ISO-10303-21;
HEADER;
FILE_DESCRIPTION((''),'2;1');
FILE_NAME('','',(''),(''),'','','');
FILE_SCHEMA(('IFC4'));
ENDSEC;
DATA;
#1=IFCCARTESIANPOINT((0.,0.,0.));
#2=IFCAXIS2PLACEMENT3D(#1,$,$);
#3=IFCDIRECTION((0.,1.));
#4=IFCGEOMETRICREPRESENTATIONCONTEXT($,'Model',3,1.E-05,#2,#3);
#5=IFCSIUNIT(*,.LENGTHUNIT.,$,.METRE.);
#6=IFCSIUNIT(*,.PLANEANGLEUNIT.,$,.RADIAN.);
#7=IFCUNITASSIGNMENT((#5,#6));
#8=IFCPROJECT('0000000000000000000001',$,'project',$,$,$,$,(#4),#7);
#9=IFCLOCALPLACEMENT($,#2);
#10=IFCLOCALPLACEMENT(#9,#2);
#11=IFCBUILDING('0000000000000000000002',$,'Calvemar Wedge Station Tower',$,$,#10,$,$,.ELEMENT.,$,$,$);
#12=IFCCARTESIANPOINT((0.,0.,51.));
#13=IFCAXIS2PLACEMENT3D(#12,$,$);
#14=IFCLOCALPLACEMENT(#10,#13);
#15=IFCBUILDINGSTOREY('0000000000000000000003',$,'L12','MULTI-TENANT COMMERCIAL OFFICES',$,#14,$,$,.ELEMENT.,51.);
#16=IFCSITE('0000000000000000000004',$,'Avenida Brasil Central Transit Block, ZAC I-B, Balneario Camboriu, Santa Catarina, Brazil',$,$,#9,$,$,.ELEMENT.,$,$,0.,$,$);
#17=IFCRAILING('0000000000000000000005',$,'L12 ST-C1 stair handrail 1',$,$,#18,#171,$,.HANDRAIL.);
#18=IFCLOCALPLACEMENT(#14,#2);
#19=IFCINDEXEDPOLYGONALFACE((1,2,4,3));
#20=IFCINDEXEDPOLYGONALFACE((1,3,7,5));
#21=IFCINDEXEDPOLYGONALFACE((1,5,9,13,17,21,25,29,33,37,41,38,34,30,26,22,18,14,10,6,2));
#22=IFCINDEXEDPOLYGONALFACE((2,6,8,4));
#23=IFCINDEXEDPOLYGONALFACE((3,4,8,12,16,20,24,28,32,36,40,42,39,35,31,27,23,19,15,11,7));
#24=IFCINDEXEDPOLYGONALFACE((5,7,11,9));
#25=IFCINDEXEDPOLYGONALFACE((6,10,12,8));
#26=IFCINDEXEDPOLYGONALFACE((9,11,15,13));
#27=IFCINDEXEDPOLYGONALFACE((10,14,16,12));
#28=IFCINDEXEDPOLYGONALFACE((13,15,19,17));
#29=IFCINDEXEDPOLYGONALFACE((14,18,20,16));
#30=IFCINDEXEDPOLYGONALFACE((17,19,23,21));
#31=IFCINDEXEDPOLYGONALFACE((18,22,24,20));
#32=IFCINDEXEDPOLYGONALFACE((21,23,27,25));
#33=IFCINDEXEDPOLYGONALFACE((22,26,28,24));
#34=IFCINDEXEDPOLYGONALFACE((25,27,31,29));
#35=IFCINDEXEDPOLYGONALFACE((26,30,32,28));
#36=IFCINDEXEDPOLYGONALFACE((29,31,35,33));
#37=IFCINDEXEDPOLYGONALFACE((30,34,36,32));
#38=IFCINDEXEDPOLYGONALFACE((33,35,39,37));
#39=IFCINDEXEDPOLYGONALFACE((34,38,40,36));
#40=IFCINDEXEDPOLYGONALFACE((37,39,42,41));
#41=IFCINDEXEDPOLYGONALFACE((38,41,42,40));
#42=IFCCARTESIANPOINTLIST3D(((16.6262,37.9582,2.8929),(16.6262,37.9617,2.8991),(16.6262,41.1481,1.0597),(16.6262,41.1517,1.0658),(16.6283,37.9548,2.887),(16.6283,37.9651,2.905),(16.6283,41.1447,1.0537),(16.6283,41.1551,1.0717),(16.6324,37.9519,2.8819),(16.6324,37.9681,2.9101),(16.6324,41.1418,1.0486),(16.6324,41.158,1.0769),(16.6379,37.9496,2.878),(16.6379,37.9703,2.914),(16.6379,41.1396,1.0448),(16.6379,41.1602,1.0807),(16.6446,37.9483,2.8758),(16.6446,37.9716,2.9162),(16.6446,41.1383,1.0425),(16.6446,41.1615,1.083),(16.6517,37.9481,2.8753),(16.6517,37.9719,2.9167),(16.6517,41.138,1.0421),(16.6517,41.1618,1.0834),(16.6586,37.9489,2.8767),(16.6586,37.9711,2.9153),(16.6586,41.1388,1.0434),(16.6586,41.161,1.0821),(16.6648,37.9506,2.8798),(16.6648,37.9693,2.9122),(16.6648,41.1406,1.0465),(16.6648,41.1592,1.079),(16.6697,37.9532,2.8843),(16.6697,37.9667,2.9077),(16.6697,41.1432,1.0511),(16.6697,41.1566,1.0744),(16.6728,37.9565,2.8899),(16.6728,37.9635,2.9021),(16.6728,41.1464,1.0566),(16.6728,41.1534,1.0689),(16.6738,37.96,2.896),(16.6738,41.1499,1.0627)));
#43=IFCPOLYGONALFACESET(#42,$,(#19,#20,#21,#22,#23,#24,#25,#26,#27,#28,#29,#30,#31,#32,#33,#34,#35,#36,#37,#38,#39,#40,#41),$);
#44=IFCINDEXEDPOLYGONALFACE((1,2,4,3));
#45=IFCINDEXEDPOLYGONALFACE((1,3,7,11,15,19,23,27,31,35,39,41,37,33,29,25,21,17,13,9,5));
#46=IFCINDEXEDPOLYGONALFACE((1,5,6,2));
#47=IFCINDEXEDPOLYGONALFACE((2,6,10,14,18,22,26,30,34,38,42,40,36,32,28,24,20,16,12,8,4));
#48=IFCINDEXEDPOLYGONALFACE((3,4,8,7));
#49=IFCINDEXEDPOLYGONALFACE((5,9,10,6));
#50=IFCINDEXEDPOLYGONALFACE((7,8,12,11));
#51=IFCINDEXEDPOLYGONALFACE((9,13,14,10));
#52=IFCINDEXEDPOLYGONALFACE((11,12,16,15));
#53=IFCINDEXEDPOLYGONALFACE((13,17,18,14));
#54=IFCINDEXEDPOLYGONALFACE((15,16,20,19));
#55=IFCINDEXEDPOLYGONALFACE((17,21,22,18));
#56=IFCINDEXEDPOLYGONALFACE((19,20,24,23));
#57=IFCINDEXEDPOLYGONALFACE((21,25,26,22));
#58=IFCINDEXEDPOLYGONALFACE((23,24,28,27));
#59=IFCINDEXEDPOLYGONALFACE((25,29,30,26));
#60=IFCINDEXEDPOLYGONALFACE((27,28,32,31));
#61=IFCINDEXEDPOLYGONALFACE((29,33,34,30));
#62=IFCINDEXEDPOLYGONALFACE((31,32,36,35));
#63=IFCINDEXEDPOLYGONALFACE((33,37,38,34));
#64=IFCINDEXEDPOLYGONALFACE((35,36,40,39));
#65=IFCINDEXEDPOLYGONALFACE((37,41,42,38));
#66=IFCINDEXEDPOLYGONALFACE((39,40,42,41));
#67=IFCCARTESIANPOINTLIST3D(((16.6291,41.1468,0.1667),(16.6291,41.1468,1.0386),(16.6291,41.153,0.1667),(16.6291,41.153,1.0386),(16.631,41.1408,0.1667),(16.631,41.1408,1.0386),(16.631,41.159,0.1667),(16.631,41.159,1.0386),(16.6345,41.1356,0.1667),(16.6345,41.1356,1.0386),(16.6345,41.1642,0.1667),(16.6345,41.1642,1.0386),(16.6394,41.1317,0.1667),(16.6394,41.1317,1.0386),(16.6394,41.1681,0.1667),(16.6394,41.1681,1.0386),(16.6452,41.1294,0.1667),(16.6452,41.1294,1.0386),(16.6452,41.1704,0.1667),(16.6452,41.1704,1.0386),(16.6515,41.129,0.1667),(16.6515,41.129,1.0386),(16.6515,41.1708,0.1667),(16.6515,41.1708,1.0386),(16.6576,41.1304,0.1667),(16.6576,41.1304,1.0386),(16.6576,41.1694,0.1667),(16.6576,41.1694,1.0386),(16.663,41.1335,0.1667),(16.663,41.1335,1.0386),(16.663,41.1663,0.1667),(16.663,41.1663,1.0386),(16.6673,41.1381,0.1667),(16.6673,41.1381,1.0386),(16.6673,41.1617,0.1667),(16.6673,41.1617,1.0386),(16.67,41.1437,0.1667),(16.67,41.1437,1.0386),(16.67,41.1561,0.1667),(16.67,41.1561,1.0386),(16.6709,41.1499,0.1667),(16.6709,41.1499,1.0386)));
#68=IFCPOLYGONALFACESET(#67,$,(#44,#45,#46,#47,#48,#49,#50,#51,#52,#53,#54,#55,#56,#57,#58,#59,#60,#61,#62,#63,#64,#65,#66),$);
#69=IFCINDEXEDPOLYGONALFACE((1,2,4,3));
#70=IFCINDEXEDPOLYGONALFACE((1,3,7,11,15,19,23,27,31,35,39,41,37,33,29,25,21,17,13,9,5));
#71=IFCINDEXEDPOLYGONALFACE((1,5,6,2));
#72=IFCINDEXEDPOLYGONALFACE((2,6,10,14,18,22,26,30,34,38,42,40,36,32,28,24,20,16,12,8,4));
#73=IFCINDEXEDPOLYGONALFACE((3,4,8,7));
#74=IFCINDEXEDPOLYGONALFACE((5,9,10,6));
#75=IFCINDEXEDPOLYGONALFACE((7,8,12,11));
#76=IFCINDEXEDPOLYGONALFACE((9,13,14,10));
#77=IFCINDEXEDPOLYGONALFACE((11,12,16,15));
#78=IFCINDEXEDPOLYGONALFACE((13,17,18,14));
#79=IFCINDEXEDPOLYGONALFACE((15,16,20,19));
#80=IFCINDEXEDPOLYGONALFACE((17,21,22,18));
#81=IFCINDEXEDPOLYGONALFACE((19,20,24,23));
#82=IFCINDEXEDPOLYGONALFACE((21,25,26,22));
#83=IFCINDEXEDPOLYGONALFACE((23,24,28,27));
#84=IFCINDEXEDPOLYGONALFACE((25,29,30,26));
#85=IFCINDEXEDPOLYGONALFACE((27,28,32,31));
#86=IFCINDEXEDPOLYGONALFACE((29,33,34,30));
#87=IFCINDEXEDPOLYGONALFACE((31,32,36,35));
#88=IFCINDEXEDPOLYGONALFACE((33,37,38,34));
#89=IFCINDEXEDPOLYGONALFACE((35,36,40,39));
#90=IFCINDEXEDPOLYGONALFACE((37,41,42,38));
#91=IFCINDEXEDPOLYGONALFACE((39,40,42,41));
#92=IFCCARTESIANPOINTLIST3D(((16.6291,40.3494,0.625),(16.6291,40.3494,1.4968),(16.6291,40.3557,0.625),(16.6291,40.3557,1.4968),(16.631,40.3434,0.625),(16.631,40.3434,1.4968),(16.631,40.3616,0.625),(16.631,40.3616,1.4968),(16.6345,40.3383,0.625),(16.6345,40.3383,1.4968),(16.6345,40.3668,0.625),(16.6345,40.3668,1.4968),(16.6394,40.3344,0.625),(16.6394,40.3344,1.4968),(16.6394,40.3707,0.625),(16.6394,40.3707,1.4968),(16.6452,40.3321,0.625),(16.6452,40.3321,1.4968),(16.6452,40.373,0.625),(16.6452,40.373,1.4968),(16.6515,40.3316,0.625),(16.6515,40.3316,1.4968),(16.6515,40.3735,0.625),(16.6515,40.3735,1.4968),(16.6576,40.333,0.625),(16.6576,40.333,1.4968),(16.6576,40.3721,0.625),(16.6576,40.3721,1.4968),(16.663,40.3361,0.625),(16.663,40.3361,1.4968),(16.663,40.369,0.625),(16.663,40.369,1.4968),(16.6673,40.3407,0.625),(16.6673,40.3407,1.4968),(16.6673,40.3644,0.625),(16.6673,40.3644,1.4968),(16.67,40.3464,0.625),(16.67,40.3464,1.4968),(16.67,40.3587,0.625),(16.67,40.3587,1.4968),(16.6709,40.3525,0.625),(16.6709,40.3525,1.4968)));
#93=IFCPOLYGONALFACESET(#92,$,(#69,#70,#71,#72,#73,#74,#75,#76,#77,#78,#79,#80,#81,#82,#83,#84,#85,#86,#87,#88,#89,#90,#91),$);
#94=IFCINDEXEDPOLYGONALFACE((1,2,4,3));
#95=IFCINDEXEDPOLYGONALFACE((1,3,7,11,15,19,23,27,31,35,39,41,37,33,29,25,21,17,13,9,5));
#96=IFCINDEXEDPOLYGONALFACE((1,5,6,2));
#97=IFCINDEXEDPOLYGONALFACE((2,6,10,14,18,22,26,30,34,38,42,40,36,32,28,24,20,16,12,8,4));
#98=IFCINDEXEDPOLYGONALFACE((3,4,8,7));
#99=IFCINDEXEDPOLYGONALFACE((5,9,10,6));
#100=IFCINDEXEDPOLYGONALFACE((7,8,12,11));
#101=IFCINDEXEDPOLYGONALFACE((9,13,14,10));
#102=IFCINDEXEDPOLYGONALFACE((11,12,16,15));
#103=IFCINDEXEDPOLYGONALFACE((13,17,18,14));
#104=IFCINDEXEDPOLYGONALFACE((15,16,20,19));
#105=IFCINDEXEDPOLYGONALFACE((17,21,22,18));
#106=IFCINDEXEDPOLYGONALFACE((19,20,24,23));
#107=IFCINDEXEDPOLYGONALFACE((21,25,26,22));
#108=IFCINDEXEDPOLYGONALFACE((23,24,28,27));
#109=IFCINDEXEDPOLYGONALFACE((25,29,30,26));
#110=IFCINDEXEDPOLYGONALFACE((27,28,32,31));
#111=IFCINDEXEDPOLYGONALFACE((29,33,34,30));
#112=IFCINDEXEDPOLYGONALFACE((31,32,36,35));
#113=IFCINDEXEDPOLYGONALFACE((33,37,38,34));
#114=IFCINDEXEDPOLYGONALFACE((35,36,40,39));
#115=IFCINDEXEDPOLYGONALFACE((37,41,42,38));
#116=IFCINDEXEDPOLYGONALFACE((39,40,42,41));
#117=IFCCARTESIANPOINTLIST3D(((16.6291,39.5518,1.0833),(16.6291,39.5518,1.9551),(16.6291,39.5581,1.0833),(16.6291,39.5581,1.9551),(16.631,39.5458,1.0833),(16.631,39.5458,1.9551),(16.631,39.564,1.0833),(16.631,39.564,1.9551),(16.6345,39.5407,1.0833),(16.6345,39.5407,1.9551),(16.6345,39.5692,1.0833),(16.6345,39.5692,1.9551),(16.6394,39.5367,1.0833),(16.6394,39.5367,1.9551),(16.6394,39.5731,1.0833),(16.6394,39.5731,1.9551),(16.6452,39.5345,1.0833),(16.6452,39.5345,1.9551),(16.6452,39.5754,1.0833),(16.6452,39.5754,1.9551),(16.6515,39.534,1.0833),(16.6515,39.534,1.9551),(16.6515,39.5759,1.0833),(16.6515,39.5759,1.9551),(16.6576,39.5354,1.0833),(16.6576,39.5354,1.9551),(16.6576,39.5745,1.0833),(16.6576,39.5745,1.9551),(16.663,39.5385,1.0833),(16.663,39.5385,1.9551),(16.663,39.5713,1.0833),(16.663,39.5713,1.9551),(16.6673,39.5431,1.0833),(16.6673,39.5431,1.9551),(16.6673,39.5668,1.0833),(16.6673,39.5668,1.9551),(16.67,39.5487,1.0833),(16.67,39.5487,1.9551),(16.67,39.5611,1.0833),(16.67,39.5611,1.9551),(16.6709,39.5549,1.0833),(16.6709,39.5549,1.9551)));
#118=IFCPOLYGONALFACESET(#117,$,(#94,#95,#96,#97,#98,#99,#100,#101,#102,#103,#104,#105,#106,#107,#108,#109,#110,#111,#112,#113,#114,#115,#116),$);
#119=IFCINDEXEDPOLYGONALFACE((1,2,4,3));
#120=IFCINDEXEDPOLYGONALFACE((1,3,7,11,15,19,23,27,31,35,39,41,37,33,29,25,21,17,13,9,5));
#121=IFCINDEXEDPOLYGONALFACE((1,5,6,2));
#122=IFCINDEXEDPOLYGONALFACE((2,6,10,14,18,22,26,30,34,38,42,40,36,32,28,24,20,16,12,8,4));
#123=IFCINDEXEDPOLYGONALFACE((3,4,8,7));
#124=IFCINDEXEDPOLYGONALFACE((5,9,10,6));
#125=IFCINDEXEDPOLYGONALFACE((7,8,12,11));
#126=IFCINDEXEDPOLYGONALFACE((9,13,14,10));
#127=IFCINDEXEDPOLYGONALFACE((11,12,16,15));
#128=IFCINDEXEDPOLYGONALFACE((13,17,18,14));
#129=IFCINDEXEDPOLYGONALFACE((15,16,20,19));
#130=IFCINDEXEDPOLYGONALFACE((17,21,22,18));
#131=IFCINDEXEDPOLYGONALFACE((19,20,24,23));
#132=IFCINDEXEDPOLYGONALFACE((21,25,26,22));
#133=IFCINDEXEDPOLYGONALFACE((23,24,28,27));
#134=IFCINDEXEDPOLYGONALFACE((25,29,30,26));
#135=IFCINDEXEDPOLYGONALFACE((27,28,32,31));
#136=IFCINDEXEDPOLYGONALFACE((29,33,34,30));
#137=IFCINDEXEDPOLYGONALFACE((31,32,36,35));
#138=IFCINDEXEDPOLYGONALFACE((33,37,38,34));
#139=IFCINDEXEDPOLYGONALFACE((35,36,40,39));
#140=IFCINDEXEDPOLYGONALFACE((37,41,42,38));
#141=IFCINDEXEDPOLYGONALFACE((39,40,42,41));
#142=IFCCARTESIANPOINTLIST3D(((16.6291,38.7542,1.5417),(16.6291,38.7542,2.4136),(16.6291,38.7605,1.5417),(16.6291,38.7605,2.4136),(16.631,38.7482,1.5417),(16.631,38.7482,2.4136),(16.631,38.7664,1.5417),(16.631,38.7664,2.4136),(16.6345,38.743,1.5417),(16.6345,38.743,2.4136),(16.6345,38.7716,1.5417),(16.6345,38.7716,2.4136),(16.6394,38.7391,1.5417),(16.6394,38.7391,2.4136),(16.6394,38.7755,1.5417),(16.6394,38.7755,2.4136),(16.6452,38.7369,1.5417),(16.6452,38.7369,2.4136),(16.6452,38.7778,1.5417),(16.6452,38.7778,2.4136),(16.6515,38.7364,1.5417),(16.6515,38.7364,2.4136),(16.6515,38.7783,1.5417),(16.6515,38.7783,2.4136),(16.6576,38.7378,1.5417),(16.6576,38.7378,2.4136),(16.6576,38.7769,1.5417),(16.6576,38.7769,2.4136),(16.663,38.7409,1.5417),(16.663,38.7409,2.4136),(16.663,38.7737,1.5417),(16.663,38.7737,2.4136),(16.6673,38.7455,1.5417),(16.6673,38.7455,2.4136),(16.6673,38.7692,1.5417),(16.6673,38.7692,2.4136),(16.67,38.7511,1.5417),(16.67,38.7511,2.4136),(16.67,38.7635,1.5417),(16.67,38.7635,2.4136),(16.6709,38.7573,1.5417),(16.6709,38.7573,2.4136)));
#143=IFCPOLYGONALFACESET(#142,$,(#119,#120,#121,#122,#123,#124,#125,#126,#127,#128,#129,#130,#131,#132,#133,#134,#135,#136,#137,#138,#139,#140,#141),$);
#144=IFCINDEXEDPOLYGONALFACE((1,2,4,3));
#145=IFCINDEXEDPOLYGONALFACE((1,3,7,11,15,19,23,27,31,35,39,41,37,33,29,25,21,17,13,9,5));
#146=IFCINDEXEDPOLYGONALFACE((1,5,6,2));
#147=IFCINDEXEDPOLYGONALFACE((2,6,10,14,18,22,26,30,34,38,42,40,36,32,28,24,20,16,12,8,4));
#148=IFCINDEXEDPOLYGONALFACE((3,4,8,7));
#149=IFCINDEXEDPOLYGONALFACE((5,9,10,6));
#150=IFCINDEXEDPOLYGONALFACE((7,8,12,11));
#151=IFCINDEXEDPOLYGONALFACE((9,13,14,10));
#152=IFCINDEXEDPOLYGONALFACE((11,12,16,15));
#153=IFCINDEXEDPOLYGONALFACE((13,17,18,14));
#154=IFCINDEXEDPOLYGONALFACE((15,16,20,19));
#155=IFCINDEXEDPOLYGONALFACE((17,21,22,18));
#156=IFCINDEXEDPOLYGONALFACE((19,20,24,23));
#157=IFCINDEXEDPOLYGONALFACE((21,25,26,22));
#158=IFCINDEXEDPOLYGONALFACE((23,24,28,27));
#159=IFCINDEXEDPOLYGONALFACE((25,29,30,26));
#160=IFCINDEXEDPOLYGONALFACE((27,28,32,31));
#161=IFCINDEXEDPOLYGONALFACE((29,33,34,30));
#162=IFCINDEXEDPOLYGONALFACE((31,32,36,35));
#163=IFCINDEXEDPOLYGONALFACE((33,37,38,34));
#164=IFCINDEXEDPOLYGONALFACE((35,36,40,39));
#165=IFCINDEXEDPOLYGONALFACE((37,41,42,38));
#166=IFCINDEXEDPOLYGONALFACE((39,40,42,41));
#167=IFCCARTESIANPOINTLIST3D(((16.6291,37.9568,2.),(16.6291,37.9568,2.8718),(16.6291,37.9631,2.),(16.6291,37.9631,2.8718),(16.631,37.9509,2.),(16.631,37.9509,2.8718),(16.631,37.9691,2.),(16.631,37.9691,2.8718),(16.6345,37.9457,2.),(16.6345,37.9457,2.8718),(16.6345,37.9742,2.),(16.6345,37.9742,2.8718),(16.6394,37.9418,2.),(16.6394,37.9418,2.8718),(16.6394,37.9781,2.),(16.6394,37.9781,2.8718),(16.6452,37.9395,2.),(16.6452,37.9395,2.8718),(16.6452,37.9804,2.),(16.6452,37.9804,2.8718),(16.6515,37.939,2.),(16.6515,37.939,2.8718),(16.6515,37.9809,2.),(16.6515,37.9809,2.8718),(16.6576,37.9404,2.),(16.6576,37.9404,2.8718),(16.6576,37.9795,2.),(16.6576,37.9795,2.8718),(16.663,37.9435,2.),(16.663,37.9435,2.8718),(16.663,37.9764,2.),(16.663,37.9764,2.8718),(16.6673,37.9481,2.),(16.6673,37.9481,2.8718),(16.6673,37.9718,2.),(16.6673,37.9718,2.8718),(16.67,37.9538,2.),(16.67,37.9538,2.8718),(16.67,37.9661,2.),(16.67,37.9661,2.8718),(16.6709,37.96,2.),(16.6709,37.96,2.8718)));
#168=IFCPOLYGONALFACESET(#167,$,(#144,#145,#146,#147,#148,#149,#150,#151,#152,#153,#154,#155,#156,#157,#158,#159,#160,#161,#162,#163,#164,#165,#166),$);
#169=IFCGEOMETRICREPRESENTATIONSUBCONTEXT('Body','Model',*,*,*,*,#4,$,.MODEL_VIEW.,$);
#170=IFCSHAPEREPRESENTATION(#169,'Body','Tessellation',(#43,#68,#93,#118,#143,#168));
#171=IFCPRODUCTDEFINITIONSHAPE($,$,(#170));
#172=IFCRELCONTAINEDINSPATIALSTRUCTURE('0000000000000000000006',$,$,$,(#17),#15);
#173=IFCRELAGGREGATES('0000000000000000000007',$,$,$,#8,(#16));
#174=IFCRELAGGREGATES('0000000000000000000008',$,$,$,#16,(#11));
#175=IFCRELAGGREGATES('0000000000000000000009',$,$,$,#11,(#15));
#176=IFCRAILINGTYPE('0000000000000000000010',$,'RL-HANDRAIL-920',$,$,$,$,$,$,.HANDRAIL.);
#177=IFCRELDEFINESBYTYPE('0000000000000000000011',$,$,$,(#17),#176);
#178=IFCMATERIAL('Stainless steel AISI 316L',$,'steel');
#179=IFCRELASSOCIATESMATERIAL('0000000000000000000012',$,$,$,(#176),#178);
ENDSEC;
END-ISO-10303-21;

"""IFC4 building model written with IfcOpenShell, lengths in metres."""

from ifc_helpers import new_model, si_unit, direction, frame, origin, origin_2d, place, context, subcontext, project, spatial, circle, extrude, material, type_object, element, save


model = new_model("IFC4")

# Units and contexts
model_context = context("Model", 3, precision=1e-05, world=origin(), true_north=direction((0.0, 1.0)))
body_context = subcontext(model_context, "Body", "Model", "MODEL_VIEW")
ifc_project = project(units=[si_unit("LENGTHUNIT", "METRE"), si_unit("PLANEANGLEUNIT", "RADIAN")], contexts=[model_context])

# Site, building, storey
site_placement = place(None, origin())
site = spatial("IfcSite", under=ifc_project, at=site_placement, Name="Avenida Brasil Central Transit Block, ZAC I-B, Balneario Camboriu, Santa Catarina, Brazil", CompositionType="ELEMENT", RefElevation=0.0)
building_placement = place(site_placement, origin())
building = spatial("IfcBuilding", under=site, at=building_placement, Name="Calvemar Wedge Station Tower", CompositionType="ELEMENT")
storey_placement = place(building_placement, frame((0.0, 0.0, 51.0)))
storey = spatial("IfcBuildingStorey", under=building, at=storey_placement, Name="L12", Description="MULTI-TENANT COMMERCIAL OFFICES", CompositionType="ELEMENT", Elevation=51.0)

# Railing
ifc_material_1 = material(Name="Stainless steel AISI 316L", Category="steel")
railing_type_1 = type_object("IfcRailingType", Name="RL-HANDRAIL-920", PredefinedType="HANDRAIL", material=ifc_material_1)
railing_1_placement = place(storey_placement, frame((16.6499, 41.1499, 0.1667)))
element("IfcRailing", 1, at=railing_1_placement, inside=storey, type_object=railing_type_1, Name="L12 ST-C1 stair handrail 1", PredefinedType="HANDRAIL", context=body_context, shape_type="SweptSolid", body=[
    extrude(circle(Radius=0.0239, at=origin_2d()), frame((0.0, 0.0, 0.896), z_axis=(0.0, -0.86702, 0.498274), x_axis=(1.0, 0.0, 0.0)), (0.0, 0.0, 1.0), 3.6792),
    extrude(circle(Radius=0.021, at=origin_2d()), origin(), (0.0, 0.0, 1.0), 0.8718),
    extrude(circle(Radius=0.021, at=origin_2d()), frame((0.0, -0.7974, 0.4583)), (0.0, 0.0, 1.0), 0.8718),
    extrude(circle(Radius=0.021, at=origin_2d()), frame((0.0, -1.595, 0.9165)), (0.0, 0.0, 1.0), 0.8718),
    extrude(circle(Radius=0.021, at=origin_2d()), frame((0.0, -2.3926, 1.375)), (0.0, 0.0, 1.0), 0.8718),
    extrude(circle(Radius=0.021, at=origin_2d()), frame((0.0, -3.1899, 1.8333)), (0.0, 0.0, 1.0), 0.8718),
])

save(model, "model.ifc")
